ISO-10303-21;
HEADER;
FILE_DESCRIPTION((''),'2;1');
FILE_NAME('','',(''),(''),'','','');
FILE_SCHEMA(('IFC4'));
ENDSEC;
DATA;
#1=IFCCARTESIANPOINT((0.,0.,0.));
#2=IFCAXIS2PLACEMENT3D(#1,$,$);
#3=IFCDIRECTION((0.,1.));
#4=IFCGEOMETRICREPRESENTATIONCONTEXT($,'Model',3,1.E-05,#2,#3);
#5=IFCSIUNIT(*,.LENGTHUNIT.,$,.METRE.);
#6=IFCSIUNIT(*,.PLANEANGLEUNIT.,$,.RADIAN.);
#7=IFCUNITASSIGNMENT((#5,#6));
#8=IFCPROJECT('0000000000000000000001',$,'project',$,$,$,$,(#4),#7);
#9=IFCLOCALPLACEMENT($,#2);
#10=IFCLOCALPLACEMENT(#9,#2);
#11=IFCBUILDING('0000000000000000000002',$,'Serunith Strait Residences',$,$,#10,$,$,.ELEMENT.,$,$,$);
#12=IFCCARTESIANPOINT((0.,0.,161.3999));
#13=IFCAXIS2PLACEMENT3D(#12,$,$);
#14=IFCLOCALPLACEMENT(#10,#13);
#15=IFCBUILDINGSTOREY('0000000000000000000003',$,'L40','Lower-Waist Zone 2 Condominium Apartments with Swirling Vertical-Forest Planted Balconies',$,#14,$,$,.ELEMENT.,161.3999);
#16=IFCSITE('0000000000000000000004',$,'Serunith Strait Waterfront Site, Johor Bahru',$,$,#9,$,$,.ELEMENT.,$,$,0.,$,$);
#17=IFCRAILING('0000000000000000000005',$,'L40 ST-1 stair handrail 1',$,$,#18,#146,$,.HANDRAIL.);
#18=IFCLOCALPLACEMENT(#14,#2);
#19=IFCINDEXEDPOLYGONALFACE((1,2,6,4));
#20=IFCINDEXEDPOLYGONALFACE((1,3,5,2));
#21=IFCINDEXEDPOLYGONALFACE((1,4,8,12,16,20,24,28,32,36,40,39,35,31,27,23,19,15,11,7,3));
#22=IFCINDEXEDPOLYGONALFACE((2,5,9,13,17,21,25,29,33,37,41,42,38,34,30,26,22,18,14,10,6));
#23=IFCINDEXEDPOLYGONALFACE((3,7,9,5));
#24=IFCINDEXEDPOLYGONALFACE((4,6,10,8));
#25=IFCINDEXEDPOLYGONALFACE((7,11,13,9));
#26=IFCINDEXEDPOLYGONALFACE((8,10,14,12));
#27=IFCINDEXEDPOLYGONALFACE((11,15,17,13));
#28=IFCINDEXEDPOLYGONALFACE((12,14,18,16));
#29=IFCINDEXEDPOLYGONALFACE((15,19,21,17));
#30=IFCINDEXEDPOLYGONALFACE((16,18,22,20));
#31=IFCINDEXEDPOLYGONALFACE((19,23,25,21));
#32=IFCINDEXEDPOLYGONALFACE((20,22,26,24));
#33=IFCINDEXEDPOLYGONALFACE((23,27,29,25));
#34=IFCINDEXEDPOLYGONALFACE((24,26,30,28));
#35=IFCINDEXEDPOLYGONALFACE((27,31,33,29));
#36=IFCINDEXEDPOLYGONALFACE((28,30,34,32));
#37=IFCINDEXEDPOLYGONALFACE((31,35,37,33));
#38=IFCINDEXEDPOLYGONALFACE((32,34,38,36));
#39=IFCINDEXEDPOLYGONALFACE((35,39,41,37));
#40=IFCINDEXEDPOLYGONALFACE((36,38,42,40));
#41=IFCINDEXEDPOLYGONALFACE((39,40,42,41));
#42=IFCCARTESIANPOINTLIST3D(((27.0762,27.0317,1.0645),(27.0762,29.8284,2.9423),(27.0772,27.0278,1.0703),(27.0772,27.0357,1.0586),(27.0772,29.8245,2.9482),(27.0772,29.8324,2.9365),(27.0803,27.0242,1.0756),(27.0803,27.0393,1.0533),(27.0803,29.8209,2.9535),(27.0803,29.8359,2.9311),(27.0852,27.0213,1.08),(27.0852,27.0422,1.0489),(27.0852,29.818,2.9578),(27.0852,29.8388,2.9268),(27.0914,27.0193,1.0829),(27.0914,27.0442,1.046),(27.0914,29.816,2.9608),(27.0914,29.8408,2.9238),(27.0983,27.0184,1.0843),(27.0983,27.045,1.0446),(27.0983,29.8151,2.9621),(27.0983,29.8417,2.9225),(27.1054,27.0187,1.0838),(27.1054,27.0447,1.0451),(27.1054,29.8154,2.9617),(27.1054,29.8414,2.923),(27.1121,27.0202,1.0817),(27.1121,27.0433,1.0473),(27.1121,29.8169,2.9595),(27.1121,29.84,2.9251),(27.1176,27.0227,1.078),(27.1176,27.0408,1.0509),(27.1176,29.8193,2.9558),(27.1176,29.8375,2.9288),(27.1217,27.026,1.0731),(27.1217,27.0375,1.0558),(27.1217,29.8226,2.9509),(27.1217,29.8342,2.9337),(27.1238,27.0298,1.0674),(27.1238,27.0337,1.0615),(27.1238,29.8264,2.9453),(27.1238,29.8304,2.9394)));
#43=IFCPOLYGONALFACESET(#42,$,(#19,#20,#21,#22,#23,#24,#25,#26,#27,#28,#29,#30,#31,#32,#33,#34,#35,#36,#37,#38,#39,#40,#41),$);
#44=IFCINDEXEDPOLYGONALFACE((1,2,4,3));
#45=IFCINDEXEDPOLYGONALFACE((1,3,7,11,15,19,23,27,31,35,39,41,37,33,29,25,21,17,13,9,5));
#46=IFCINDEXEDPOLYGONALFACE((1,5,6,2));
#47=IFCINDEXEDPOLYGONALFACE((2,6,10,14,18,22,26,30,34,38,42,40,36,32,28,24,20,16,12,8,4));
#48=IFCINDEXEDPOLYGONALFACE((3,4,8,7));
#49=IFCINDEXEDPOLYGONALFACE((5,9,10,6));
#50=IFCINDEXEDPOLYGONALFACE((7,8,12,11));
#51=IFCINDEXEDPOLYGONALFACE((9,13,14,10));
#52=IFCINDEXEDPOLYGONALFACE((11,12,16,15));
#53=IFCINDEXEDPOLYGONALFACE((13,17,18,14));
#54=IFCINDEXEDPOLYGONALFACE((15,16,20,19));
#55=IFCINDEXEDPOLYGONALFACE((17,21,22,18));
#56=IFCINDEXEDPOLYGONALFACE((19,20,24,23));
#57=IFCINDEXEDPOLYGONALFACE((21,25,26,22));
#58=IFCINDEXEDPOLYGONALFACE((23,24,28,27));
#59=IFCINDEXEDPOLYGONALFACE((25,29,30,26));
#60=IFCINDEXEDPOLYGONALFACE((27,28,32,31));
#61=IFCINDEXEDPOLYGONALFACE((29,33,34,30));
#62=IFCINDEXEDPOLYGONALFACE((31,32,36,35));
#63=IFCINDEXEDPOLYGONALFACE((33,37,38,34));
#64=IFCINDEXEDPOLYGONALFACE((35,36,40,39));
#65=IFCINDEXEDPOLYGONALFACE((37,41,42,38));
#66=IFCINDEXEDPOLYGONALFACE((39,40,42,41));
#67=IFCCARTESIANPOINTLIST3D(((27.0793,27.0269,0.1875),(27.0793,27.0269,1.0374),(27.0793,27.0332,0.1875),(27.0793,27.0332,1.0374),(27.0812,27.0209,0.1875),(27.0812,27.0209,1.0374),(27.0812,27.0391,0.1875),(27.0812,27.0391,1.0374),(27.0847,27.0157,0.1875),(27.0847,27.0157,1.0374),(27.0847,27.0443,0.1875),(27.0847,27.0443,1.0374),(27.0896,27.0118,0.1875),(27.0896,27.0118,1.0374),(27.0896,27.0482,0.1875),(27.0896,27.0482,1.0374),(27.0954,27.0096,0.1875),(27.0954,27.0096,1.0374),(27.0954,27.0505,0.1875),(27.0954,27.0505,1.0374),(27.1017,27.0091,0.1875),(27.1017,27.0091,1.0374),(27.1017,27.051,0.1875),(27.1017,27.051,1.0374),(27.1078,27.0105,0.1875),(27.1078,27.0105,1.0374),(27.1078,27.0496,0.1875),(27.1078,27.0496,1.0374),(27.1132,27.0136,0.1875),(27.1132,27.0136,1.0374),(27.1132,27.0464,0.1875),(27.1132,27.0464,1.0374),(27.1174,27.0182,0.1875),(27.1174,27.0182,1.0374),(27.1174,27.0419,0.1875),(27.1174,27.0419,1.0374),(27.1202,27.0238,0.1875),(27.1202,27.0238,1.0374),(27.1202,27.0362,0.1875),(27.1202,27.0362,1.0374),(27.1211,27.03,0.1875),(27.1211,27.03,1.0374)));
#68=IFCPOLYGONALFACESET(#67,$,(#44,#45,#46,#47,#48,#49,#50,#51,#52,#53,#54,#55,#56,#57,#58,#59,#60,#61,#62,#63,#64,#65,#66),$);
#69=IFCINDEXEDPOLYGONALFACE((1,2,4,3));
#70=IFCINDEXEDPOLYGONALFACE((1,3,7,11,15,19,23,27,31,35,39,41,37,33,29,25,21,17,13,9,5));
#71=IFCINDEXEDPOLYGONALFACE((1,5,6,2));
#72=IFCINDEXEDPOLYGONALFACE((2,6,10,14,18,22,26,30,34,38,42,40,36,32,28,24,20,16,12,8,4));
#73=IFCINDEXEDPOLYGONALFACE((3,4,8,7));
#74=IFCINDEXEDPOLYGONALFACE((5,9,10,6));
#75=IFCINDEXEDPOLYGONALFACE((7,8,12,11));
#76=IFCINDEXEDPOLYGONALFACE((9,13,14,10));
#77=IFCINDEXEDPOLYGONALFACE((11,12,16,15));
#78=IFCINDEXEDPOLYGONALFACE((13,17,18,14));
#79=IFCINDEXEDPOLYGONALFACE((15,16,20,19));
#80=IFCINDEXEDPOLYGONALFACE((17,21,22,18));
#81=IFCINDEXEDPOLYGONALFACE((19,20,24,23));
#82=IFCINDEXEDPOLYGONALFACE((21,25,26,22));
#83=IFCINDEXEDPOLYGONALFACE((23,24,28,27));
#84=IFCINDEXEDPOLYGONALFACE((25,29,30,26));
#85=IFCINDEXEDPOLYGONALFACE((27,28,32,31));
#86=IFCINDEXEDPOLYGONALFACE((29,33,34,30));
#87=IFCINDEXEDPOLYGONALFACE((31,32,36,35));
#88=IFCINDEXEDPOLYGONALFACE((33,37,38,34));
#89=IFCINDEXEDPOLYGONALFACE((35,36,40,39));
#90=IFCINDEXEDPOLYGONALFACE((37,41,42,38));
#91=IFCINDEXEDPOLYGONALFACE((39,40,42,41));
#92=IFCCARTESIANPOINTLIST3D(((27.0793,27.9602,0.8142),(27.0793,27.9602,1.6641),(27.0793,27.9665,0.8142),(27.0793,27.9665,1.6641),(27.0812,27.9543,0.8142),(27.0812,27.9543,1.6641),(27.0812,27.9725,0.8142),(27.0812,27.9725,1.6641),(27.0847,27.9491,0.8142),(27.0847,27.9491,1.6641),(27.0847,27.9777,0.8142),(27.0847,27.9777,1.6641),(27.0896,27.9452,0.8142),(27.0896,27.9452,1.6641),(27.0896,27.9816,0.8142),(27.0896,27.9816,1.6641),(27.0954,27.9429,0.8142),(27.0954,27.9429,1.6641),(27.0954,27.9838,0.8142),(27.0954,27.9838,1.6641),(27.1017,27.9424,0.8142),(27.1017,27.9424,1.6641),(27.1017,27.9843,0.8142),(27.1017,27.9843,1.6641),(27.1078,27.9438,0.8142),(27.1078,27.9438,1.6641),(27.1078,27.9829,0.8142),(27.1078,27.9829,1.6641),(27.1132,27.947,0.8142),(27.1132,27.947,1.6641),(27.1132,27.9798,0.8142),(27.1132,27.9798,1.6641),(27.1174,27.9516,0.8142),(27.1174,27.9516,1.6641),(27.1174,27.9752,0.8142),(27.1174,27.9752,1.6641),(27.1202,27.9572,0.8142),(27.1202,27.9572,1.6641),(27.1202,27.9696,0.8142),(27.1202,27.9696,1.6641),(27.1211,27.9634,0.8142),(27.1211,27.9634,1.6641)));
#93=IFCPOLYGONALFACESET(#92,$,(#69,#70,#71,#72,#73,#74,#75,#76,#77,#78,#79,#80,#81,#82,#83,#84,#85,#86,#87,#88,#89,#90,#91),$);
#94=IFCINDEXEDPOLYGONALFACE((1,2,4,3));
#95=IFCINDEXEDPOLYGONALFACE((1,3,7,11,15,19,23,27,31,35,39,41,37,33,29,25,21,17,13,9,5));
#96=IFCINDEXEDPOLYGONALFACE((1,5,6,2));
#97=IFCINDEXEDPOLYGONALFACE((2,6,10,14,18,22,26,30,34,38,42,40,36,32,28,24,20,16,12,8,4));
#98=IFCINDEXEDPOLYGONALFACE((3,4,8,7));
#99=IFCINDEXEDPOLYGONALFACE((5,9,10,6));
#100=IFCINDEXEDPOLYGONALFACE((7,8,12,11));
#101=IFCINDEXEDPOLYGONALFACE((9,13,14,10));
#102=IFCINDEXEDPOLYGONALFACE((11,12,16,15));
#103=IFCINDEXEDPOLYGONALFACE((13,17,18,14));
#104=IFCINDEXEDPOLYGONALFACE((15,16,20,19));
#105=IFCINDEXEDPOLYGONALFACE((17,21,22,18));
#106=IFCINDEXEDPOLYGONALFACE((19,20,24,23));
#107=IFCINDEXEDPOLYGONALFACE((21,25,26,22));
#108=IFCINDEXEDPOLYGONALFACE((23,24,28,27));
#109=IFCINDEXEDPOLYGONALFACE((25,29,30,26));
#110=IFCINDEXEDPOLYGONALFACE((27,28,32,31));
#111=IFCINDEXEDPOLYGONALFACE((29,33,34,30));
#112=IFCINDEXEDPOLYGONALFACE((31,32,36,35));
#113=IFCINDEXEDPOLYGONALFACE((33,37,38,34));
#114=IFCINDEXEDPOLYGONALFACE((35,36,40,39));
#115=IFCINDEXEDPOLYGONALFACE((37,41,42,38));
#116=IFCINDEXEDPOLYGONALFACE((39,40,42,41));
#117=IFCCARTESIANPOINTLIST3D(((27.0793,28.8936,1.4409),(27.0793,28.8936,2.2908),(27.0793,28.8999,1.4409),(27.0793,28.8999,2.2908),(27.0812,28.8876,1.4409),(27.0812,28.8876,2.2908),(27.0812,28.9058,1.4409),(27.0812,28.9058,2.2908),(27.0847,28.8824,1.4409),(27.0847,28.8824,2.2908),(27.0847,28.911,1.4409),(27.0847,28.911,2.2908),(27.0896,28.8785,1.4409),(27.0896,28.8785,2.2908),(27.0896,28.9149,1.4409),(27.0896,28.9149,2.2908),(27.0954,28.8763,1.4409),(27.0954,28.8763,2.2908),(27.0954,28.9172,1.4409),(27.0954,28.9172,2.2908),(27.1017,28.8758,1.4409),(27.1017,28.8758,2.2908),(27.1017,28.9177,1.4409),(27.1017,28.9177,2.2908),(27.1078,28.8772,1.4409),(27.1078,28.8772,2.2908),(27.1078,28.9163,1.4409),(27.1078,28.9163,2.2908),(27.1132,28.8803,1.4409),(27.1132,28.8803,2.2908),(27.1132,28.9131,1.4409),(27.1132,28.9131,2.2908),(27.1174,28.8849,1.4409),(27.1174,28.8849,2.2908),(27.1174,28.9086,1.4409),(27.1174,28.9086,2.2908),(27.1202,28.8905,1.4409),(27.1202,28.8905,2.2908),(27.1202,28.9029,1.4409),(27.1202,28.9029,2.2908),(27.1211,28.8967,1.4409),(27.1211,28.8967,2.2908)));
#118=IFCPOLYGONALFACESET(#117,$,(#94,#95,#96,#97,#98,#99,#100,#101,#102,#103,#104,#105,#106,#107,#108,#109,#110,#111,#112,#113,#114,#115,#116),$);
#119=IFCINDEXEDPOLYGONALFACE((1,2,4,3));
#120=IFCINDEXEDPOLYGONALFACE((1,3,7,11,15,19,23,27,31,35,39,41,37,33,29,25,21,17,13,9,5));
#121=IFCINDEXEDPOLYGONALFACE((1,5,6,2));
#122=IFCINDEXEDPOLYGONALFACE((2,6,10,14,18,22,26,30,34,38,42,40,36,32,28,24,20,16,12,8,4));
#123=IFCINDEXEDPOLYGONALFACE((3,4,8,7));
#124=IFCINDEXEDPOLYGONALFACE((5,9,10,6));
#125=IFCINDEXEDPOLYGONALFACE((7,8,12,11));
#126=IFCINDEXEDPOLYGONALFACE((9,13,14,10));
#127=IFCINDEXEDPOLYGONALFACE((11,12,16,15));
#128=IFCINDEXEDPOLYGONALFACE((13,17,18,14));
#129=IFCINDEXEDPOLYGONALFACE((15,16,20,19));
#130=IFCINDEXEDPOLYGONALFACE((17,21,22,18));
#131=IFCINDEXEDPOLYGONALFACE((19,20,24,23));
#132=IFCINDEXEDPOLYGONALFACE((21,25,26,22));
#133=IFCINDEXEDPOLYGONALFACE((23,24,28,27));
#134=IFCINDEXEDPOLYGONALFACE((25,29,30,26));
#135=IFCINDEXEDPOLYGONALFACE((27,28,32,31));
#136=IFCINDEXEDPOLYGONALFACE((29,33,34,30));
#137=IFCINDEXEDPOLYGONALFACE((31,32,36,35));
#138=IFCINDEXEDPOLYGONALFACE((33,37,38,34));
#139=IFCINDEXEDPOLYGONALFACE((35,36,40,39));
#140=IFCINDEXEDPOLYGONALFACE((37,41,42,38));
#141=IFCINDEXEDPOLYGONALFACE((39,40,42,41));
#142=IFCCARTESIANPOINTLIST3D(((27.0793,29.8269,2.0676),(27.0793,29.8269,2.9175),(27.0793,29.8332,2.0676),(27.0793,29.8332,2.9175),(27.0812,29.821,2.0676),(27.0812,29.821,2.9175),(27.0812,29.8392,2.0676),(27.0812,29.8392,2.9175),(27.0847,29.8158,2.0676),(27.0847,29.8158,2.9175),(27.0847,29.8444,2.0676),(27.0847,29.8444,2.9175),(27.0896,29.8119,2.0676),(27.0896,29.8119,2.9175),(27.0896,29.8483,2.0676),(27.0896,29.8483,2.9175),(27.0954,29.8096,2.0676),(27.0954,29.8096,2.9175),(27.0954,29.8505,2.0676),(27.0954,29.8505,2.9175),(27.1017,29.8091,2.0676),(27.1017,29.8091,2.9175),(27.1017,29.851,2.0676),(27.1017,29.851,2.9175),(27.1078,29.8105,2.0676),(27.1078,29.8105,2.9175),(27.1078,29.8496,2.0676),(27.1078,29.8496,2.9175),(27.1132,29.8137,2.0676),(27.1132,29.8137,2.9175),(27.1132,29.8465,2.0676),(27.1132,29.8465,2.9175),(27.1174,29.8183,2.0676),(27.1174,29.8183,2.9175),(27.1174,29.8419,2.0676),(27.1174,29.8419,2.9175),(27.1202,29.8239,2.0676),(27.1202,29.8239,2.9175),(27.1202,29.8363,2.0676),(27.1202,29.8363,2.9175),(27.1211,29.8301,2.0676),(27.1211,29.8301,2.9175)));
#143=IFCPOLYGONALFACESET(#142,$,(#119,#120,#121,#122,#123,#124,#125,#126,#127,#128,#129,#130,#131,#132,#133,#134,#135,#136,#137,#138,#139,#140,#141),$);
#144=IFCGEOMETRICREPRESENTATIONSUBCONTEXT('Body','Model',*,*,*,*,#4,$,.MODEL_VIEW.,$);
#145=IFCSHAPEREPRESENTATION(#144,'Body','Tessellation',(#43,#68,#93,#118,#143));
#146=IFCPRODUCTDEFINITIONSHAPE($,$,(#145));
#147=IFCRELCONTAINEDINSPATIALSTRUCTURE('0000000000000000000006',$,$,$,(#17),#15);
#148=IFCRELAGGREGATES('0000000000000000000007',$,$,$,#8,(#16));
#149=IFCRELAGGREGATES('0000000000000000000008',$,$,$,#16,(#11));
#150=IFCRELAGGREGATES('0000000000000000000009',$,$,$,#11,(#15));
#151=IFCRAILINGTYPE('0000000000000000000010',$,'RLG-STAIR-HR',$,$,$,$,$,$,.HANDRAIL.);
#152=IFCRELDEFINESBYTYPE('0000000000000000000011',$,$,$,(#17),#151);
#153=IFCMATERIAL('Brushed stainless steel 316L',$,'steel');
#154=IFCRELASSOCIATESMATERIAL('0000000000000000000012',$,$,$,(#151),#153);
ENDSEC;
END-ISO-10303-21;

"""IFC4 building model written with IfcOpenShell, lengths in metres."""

from ifc_helpers import new_model, si_unit, direction, frame, origin, origin_2d, place, context, subcontext, project, spatial, circle, extrude, material, type_object, element, save


model = new_model("IFC4")

# Units and contexts
model_context = context("Model", 3, precision=1e-05, world=origin(), true_north=direction((0.0, 1.0)))
body_context = subcontext(model_context, "Body", "Model", "MODEL_VIEW")
ifc_project = project(units=[si_unit("LENGTHUNIT", "METRE"), si_unit("PLANEANGLEUNIT", "RADIAN")], contexts=[model_context])

# Site, building, storey
site_placement = place(None, origin())
site = spatial("IfcSite", under=ifc_project, at=site_placement, Name="Serunith Strait Waterfront Site, Johor Bahru", CompositionType="ELEMENT", RefElevation=0.0)
building_placement = place(site_placement, origin())
building = spatial("IfcBuilding", under=site, at=building_placement, Name="Serunith Strait Residences", CompositionType="ELEMENT")
storey_placement = place(building_placement, frame((0.0, 0.0, 161.3999)))
storey = spatial("IfcBuildingStorey", under=building, at=storey_placement, Name="L40", Description="Lower-Waist Zone 2 Condominium Apartments with Swirling Vertical-Forest Planted Balconies", CompositionType="ELEMENT", Elevation=161.3999)

# Railing
ifc_material_1 = material(Name="Brushed stainless steel 316L", Category="steel")
railing_type_1 = type_object("IfcRailingType", Name="RLG-STAIR-HR", PredefinedType="HANDRAIL", material=ifc_material_1)
railing_1_placement = place(storey_placement, frame((27.1001, 27.03, 0.1875)))
element("IfcRailing", 1, at=railing_1_placement, inside=storey, type_object=railing_type_1, Name="L40 ST-1 stair handrail 1", PredefinedType="HANDRAIL", context=body_context, shape_type="SweptSolid", body=[
    extrude(circle(Radius=0.0239, at=origin_2d()), frame((0.0, 0.0017, 0.877), z_axis=(0.0, 0.830208, 0.557453), x_axis=(-1.0, 0.0, 0.0)), (0.0, 0.0, 1.0), 3.3687),
    extrude(circle(Radius=0.021, at=origin_2d()), origin(), (0.0, 0.0, 1.0), 0.8499),
    extrude(circle(Radius=0.021, at=origin_2d()), frame((0.0, 0.9333, 0.6267)), (0.0, 0.0, 1.0), 0.8499),
    extrude(circle(Radius=0.021, at=origin_2d()), frame((0.0, 1.8667, 1.2534)), (0.0, 0.0, 1.0), 0.8499),
    extrude(circle(Radius=0.021, at=origin_2d()), frame((0.0, 2.8, 1.8801)), (0.0, 0.0, 1.0), 0.8499),
])

save(model, "model.ifc")
